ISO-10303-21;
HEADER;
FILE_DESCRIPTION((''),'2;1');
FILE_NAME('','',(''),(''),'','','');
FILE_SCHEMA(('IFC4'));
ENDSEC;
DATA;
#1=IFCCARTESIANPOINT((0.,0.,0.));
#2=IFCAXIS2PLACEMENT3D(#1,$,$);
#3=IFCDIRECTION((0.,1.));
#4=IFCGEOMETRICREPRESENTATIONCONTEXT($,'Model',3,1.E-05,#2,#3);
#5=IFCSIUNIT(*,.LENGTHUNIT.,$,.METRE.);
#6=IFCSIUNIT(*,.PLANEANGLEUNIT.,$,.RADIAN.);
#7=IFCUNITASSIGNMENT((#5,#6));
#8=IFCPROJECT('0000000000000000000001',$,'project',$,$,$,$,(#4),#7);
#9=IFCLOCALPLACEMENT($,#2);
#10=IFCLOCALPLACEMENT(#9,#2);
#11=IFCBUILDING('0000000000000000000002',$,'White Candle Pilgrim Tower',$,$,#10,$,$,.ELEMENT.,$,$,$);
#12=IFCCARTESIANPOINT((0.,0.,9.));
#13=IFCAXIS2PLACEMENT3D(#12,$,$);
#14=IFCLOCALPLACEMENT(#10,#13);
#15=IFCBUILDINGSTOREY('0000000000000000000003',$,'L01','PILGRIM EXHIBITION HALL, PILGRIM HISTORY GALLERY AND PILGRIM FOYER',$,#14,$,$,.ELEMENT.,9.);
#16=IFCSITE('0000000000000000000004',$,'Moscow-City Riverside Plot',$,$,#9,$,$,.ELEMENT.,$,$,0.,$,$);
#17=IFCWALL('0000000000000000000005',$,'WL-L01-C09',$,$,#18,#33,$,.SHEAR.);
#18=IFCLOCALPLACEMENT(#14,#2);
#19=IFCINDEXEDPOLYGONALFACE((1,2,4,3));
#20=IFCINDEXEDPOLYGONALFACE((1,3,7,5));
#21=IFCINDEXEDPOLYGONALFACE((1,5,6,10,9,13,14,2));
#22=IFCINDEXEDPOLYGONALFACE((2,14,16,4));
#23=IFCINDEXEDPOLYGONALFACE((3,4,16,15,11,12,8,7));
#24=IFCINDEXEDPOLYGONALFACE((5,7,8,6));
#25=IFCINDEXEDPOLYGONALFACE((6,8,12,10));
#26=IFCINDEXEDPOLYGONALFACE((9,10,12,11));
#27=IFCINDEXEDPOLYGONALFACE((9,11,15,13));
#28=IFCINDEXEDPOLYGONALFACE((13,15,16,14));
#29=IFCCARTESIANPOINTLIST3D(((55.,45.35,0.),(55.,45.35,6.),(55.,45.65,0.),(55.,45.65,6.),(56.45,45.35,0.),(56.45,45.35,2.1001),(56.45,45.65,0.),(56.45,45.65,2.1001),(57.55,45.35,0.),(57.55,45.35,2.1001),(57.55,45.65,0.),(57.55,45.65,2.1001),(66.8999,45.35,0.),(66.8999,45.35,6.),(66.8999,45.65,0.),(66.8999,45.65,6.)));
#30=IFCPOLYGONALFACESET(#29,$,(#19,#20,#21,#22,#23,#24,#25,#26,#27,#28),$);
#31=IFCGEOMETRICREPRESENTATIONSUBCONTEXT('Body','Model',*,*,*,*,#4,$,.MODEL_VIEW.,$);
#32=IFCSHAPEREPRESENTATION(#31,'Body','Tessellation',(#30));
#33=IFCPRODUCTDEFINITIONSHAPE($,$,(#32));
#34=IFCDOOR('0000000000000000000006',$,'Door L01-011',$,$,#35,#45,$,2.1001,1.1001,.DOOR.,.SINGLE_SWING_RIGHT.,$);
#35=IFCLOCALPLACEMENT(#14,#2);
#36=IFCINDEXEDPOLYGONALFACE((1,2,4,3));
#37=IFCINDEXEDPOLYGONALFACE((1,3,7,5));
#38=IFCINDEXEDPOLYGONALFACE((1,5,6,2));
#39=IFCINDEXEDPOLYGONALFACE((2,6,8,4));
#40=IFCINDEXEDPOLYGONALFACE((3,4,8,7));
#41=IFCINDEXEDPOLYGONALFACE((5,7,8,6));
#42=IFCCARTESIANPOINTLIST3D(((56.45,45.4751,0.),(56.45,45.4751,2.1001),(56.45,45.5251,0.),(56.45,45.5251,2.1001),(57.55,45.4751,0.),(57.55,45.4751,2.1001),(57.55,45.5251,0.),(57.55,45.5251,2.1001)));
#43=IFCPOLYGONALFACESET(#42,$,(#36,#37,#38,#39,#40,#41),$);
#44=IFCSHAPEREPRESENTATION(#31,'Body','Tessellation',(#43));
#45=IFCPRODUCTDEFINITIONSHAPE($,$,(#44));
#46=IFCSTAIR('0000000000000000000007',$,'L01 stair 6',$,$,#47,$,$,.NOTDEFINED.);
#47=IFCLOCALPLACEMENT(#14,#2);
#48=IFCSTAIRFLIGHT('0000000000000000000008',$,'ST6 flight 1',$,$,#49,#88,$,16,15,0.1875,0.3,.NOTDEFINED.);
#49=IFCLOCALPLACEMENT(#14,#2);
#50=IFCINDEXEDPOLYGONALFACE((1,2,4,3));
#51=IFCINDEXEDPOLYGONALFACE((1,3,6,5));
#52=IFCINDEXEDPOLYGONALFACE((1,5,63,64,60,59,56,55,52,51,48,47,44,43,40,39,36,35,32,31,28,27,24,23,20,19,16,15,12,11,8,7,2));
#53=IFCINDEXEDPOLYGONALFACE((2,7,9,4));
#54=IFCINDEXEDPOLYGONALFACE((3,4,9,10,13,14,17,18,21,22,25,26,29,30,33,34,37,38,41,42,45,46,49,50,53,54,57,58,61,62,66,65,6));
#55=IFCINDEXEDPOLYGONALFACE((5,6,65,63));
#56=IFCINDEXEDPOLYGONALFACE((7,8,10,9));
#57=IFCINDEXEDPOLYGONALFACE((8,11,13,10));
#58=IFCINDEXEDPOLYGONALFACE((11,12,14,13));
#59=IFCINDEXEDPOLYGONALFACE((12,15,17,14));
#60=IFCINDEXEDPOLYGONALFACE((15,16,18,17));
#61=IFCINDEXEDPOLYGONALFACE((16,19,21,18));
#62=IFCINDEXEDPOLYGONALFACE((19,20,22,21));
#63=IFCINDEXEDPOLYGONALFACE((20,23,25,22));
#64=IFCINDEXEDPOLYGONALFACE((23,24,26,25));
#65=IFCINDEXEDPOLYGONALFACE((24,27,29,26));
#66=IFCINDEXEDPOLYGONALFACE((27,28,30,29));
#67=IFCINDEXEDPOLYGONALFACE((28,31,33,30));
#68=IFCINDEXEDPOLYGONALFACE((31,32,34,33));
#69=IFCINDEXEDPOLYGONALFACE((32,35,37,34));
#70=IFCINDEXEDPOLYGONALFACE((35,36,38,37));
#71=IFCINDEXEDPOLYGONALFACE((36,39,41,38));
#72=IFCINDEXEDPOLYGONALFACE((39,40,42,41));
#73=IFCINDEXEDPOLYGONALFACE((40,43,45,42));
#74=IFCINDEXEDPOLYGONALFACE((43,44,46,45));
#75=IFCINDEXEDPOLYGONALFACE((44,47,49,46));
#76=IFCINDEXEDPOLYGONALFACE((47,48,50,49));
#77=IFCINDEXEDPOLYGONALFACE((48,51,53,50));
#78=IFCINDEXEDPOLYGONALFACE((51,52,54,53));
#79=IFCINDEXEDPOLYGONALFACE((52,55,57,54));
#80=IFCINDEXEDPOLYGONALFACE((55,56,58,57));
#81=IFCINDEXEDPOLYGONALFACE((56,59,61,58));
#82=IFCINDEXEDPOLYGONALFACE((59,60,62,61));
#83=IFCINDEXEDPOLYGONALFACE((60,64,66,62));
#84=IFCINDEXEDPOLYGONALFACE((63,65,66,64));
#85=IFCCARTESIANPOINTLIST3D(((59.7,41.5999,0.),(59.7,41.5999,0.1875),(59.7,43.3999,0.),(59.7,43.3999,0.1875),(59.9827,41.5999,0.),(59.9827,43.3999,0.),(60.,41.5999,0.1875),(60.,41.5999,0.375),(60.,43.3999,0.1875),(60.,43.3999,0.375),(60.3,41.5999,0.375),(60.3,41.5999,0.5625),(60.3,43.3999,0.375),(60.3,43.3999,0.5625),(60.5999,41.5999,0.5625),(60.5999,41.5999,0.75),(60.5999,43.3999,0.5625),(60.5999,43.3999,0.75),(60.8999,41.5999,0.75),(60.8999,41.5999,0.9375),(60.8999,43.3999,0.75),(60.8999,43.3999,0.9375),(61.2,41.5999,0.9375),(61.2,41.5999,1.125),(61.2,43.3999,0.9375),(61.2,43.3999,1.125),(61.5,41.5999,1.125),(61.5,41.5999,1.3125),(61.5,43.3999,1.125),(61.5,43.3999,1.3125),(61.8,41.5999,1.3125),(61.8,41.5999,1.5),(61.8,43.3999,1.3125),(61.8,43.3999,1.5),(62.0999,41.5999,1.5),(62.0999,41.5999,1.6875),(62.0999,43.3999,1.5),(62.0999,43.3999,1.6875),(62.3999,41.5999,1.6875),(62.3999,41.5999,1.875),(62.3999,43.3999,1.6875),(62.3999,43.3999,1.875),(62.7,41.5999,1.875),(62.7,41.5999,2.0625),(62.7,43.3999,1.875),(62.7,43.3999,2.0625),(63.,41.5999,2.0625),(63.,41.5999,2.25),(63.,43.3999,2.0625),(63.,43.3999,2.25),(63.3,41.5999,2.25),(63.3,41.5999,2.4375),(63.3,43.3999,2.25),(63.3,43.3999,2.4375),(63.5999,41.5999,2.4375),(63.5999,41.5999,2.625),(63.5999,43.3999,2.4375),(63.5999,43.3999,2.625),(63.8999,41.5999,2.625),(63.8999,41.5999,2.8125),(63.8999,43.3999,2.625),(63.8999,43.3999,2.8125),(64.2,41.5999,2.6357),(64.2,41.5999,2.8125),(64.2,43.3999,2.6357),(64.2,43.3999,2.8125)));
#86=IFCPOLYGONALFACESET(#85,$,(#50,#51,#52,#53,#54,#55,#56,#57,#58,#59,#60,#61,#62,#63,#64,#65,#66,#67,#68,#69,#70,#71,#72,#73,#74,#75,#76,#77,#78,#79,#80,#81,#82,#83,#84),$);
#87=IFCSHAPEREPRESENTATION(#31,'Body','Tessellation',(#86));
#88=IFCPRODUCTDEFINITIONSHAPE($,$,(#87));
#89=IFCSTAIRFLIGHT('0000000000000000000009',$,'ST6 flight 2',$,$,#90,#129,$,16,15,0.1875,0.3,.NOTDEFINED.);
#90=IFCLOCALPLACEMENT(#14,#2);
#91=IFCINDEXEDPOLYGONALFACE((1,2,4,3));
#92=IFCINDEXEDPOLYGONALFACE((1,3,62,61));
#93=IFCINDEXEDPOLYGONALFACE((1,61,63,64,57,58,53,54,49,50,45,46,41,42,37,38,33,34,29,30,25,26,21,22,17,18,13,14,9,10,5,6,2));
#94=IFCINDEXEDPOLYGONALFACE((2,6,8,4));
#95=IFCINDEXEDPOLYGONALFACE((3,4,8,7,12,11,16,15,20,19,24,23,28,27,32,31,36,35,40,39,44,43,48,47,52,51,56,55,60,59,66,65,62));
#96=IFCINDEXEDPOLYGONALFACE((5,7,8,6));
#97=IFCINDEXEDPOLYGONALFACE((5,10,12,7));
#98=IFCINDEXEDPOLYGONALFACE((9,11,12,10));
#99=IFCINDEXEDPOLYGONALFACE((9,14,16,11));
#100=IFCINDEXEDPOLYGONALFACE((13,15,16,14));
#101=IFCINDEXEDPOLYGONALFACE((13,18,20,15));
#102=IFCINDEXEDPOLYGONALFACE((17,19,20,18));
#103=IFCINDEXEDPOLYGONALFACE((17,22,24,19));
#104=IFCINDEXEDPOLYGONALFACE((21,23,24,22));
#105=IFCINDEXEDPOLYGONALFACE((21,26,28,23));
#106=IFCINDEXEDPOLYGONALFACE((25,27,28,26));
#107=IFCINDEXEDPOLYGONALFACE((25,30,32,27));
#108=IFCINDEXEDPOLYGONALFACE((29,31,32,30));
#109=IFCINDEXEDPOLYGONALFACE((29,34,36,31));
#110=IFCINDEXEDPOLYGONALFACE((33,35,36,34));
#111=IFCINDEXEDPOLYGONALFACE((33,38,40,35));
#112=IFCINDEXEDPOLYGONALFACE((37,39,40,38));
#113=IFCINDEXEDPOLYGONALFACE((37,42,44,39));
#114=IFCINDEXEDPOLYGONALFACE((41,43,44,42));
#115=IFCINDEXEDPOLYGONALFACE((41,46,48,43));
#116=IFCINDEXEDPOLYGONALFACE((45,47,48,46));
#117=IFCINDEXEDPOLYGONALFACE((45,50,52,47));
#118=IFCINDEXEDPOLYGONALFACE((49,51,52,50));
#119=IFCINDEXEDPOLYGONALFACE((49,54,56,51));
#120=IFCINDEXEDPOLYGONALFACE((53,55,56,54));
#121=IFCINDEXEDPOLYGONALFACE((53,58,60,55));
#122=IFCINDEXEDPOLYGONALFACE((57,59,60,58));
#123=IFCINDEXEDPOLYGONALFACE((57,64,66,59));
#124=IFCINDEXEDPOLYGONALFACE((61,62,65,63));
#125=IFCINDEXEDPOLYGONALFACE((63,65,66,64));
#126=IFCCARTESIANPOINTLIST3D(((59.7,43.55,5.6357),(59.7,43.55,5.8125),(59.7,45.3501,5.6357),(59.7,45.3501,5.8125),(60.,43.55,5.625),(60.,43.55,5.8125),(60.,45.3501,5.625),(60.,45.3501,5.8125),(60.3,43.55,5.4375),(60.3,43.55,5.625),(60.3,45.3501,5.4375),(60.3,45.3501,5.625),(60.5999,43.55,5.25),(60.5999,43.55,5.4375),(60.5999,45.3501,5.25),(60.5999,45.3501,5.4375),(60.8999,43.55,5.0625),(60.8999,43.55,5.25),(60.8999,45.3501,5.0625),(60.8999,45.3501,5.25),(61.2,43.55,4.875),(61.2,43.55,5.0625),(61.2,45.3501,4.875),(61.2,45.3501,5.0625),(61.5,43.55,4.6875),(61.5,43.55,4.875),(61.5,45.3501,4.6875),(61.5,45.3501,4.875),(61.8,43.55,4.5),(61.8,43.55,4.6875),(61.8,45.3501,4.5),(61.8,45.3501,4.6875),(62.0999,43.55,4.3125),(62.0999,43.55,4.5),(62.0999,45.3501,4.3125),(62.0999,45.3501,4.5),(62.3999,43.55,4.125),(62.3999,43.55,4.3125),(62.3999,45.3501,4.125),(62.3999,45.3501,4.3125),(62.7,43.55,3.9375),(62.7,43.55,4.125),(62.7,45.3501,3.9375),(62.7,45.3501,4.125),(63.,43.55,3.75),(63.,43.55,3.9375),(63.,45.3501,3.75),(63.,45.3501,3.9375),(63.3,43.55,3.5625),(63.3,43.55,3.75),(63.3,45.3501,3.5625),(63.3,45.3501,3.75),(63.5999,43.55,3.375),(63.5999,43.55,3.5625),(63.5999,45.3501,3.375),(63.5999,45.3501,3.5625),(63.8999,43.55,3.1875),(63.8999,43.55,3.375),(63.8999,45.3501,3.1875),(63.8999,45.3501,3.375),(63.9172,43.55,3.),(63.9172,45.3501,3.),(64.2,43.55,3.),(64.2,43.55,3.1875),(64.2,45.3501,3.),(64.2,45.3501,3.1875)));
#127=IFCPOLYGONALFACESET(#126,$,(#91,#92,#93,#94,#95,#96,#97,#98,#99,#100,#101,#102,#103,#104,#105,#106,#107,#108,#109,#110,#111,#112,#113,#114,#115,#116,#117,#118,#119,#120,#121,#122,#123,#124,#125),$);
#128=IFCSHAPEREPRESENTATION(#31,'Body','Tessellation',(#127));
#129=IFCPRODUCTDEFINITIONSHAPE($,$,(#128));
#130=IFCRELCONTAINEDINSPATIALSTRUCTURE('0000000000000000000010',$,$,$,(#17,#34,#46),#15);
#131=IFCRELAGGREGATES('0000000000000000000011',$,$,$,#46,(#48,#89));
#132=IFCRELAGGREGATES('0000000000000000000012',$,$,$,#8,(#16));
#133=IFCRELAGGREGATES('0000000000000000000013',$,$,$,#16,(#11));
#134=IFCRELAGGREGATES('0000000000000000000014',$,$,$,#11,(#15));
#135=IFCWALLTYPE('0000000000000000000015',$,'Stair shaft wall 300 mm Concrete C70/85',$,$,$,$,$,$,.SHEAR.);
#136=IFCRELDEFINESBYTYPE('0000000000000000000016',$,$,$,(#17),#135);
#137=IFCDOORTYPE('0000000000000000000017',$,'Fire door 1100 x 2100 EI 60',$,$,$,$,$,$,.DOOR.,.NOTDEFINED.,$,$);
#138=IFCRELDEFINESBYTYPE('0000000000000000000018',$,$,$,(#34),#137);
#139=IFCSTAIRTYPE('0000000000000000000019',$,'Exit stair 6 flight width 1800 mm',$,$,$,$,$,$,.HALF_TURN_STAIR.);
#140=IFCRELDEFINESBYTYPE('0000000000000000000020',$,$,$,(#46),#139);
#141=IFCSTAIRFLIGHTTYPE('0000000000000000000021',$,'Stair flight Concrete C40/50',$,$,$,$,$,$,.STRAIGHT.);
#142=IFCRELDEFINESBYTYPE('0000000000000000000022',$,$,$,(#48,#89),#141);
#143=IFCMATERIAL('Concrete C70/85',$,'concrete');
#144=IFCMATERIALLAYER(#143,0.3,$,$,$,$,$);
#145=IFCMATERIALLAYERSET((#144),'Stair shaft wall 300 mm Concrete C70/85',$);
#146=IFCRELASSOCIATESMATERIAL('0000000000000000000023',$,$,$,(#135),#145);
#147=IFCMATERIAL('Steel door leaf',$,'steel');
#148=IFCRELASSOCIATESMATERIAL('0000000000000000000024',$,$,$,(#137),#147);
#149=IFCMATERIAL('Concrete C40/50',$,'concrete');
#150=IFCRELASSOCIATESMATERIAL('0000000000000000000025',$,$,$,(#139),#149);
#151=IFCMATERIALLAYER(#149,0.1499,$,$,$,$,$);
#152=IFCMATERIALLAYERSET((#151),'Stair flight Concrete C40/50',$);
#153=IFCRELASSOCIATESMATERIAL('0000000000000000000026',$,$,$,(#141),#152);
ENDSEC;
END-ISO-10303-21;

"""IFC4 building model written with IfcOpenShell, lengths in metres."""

from ifc_helpers import new_model, si_unit, direction, frame, frame_2d, origin, place, context, subcontext, project, spatial, polyline, rectangle, outline, extrude, material, layer, layer_set, type_object, element, fill, aggregate, save


model = new_model("IFC4")

# Units and contexts
model_context = context("Model", 3, precision=1e-05, world=origin(), true_north=direction((0.0, 1.0)))
body_context = subcontext(model_context, "Body", "Model", "MODEL_VIEW")
ifc_project = project(units=[si_unit("LENGTHUNIT", "METRE"), si_unit("PLANEANGLEUNIT", "RADIAN")], contexts=[model_context])

# Site, building, storey
site_placement = place(None, origin())
site = spatial("IfcSite", under=ifc_project, at=site_placement, Name="Moscow-City Riverside Plot", CompositionType="ELEMENT", RefElevation=0.0)
building_placement = place(site_placement, origin())
building = spatial("IfcBuilding", under=site, at=building_placement, Name="White Candle Pilgrim Tower", CompositionType="ELEMENT")
storey_placement = place(building_placement, frame((0.0, 0.0, 9.0)))
storey = spatial("IfcBuildingStorey", under=building, at=storey_placement, Name="L01", Description="PILGRIM EXHIBITION HALL, PILGRIM HISTORY GALLERY AND PILGRIM FOYER", CompositionType="ELEMENT", Elevation=9.0)

# Shared definitions
ifc_material_1 = material(Name="Concrete C70/85", Category="concrete")

# Shared definitions
ifc_material_2 = material(Name="Steel door leaf", Category="steel")

# Shared definitions
ifc_layer_1 = layer(ifc_material_1, 0.3)
ifc_layer_set_1 = layer_set([ifc_layer_1], Name="Stair shaft wall 300 mm Concrete C70/85")
wall_type_1 = type_object("IfcWallType", Name="Stair shaft wall 300 mm Concrete C70/85", PredefinedType="SHEAR", material=ifc_layer_set_1)

# Wall, opening, door
wall_1_placement = place(storey_placement, frame((55.0, 45.5, 0.0), z_axis=(0.0, 0.0, 1.0), x_axis=(1.0, 0.0, 0.0)))
wall_1 = element("IfcWall", 1, at=wall_1_placement, inside=storey, type_object=wall_type_1, Name="WL-L01-C09", PredefinedType="SHEAR", context=body_context, shape_type="SweptSolid", body=[
    extrude(rectangle(XDim=11.8999, YDim=0.3, at=frame_2d((5.95, 0.0))), origin(), (0.0, 0.0, 1.0), 6.0),
])
opening_1_placement = place(wall_1_placement, frame((1.45, 0.0, 0.0)))
opening_1 = element("IfcOpeningElement", 2, at=opening_1_placement, cuts=wall_1, PredefinedType="OPENING", context=body_context, shape_type="SweptSolid", body=[
    extrude(rectangle(XDim=1.1001, YDim=2.1001, at=frame_2d((0.55, 1.05))), frame((0.0, 0.1599, 0.0), z_axis=(0.0, -1.0, 0.0), x_axis=(1.0, 0.0, 0.0)), (0.0, 0.0, 1.0), 0.3201),
])
door_type_1 = type_object("IfcDoorType", Name="Fire door 1100 x 2100 EI 60", OperationType="NOTDEFINED", PredefinedType="DOOR", material=ifc_material_2)
door_1_placement = place(opening_1_placement, frame((1.1001, 0.0, 0.0), z_axis=(0.0, 0.0, 1.0), x_axis=(-1.0, 0.0, 0.0)))
door_1 = element("IfcDoor", 3, at=door_1_placement, inside=storey, type_object=door_type_1, Name="Door L01-011", OperationType="SINGLE_SWING_RIGHT", OverallHeight=2.1001, OverallWidth=1.1001, PredefinedType="DOOR", context=body_context, shape_type="SweptSolid", body=[
    extrude(rectangle(XDim=1.1001, YDim=2.1001, at=frame_2d((0.55, 1.05))), frame((0.0, 0.0249, 0.0), z_axis=(0.0, -1.0, 0.0), x_axis=(1.0, 0.0, 0.0)), (0.0, 0.0, 1.0), 0.05),
])
fill(opening_1, door_1)

# Stair, stair flights
ifc_material_3 = material(Name="Concrete C40/50", Category="concrete")
stair_type = type_object("IfcStairType", Name="Exit stair 6 flight width 1800 mm", PredefinedType="HALF_TURN_STAIR", material=ifc_material_3)
stair_placement = place(storey_placement, origin())
stair = element("IfcStair", 4, at=stair_placement, inside=storey, type_object=stair_type, Name="L01 stair 6", PredefinedType="NOTDEFINED")
ifc_layer_2 = layer(ifc_material_3, 0.1499)
ifc_layer_set_2 = layer_set([ifc_layer_2], Name="Stair flight Concrete C40/50")
stair_flight_type = type_object("IfcStairFlightType", Name="Stair flight Concrete C40/50", PredefinedType="STRAIGHT", material=ifc_layer_set_2)
stair_flight_1_placement = place(storey_placement, frame((59.7, 42.5, 0.0), z_axis=(0.0, 0.0, 1.0), x_axis=(1.0, 0.0, 0.0)))
stair_flight_1 = element("IfcStairFlight", 5, at=stair_flight_1_placement, type_object=stair_flight_type, Name="ST6 flight 1", NumberOfRisers=16, NumberOfTreads=15, PredefinedType="NOTDEFINED", RiserHeight=0.1875, TreadLength=0.3, context=body_context, shape_type="SweptSolid", body=[
    extrude(outline(polyline([(0.0, 0.0), (0.0, 0.1875), (0.3, 0.1875), (0.3, 0.375), (0.6001, 0.375), (0.6001, 0.5625), (0.8999, 0.5625), (0.8999, 0.75), (1.2, 0.75), (1.2, 0.9375), (1.5, 0.9375), (1.5, 1.125), (1.8, 1.125), (1.8, 1.3125), (2.1001, 1.3125), (2.1001, 1.5), (2.3999, 1.5), (2.3999, 1.6875), (2.7, 1.6875), (2.7, 1.875), (3.0, 1.875), (3.0, 2.0625), (3.3, 2.0625), (3.3, 2.25), (3.6001, 2.25), (3.6001, 2.4375), (3.8999, 2.4375), (3.8999, 2.625), (4.2, 2.625), (4.2, 2.8125), (4.5, 2.8125), (4.5, 3.0), (4.5, 2.6357), (0.2827, 0.0), (0.0, 0.0)])), frame((0.0, 0.8999, 0.0), z_axis=(0.0, -1.0, 0.0), x_axis=(1.0, 0.0, 0.0)), (0.0, 0.0, 1.0), 1.8),
])
stair_flight_2_placement = place(storey_placement, frame((64.2, 44.45, 3.0), z_axis=(0.0, 0.0, 1.0), x_axis=(-1.0, 0.0, 0.0)))
stair_flight_2 = element("IfcStairFlight", 6, at=stair_flight_2_placement, type_object=stair_flight_type, Name="ST6 flight 2", NumberOfRisers=16, NumberOfTreads=15, PredefinedType="NOTDEFINED", RiserHeight=0.1875, TreadLength=0.3, context=body_context, shape_type="SweptSolid", body=[
    extrude(outline(polyline([(0.0, 0.0), (0.0, 0.1875), (0.3, 0.1875), (0.3, 0.375), (0.6001, 0.375), (0.6001, 0.5625), (0.8999, 0.5625), (0.8999, 0.75), (1.2, 0.75), (1.2, 0.9375), (1.5, 0.9375), (1.5, 1.125), (1.8, 1.125), (1.8, 1.3125), (2.1001, 1.3125), (2.1001, 1.5), (2.3999, 1.5), (2.3999, 1.6875), (2.7, 1.6875), (2.7, 1.875), (3.0, 1.875), (3.0, 2.0625), (3.3, 2.0625), (3.3, 2.25), (3.6001, 2.25), (3.6001, 2.4375), (3.8999, 2.4375), (3.8999, 2.625), (4.2, 2.625), (4.2, 2.8125), (4.5, 2.8125), (4.5, 3.0), (4.5, 2.6357), (0.2827, 0.0), (0.0, 0.0)])), frame((0.0, 0.8999, 0.0), z_axis=(0.0, -1.0, 0.0), x_axis=(1.0, 0.0, 0.0)), (0.0, 0.0, 1.0), 1.8),
])
aggregate(stair, [stair_flight_1, stair_flight_2])

save(model, "model.ifc")
